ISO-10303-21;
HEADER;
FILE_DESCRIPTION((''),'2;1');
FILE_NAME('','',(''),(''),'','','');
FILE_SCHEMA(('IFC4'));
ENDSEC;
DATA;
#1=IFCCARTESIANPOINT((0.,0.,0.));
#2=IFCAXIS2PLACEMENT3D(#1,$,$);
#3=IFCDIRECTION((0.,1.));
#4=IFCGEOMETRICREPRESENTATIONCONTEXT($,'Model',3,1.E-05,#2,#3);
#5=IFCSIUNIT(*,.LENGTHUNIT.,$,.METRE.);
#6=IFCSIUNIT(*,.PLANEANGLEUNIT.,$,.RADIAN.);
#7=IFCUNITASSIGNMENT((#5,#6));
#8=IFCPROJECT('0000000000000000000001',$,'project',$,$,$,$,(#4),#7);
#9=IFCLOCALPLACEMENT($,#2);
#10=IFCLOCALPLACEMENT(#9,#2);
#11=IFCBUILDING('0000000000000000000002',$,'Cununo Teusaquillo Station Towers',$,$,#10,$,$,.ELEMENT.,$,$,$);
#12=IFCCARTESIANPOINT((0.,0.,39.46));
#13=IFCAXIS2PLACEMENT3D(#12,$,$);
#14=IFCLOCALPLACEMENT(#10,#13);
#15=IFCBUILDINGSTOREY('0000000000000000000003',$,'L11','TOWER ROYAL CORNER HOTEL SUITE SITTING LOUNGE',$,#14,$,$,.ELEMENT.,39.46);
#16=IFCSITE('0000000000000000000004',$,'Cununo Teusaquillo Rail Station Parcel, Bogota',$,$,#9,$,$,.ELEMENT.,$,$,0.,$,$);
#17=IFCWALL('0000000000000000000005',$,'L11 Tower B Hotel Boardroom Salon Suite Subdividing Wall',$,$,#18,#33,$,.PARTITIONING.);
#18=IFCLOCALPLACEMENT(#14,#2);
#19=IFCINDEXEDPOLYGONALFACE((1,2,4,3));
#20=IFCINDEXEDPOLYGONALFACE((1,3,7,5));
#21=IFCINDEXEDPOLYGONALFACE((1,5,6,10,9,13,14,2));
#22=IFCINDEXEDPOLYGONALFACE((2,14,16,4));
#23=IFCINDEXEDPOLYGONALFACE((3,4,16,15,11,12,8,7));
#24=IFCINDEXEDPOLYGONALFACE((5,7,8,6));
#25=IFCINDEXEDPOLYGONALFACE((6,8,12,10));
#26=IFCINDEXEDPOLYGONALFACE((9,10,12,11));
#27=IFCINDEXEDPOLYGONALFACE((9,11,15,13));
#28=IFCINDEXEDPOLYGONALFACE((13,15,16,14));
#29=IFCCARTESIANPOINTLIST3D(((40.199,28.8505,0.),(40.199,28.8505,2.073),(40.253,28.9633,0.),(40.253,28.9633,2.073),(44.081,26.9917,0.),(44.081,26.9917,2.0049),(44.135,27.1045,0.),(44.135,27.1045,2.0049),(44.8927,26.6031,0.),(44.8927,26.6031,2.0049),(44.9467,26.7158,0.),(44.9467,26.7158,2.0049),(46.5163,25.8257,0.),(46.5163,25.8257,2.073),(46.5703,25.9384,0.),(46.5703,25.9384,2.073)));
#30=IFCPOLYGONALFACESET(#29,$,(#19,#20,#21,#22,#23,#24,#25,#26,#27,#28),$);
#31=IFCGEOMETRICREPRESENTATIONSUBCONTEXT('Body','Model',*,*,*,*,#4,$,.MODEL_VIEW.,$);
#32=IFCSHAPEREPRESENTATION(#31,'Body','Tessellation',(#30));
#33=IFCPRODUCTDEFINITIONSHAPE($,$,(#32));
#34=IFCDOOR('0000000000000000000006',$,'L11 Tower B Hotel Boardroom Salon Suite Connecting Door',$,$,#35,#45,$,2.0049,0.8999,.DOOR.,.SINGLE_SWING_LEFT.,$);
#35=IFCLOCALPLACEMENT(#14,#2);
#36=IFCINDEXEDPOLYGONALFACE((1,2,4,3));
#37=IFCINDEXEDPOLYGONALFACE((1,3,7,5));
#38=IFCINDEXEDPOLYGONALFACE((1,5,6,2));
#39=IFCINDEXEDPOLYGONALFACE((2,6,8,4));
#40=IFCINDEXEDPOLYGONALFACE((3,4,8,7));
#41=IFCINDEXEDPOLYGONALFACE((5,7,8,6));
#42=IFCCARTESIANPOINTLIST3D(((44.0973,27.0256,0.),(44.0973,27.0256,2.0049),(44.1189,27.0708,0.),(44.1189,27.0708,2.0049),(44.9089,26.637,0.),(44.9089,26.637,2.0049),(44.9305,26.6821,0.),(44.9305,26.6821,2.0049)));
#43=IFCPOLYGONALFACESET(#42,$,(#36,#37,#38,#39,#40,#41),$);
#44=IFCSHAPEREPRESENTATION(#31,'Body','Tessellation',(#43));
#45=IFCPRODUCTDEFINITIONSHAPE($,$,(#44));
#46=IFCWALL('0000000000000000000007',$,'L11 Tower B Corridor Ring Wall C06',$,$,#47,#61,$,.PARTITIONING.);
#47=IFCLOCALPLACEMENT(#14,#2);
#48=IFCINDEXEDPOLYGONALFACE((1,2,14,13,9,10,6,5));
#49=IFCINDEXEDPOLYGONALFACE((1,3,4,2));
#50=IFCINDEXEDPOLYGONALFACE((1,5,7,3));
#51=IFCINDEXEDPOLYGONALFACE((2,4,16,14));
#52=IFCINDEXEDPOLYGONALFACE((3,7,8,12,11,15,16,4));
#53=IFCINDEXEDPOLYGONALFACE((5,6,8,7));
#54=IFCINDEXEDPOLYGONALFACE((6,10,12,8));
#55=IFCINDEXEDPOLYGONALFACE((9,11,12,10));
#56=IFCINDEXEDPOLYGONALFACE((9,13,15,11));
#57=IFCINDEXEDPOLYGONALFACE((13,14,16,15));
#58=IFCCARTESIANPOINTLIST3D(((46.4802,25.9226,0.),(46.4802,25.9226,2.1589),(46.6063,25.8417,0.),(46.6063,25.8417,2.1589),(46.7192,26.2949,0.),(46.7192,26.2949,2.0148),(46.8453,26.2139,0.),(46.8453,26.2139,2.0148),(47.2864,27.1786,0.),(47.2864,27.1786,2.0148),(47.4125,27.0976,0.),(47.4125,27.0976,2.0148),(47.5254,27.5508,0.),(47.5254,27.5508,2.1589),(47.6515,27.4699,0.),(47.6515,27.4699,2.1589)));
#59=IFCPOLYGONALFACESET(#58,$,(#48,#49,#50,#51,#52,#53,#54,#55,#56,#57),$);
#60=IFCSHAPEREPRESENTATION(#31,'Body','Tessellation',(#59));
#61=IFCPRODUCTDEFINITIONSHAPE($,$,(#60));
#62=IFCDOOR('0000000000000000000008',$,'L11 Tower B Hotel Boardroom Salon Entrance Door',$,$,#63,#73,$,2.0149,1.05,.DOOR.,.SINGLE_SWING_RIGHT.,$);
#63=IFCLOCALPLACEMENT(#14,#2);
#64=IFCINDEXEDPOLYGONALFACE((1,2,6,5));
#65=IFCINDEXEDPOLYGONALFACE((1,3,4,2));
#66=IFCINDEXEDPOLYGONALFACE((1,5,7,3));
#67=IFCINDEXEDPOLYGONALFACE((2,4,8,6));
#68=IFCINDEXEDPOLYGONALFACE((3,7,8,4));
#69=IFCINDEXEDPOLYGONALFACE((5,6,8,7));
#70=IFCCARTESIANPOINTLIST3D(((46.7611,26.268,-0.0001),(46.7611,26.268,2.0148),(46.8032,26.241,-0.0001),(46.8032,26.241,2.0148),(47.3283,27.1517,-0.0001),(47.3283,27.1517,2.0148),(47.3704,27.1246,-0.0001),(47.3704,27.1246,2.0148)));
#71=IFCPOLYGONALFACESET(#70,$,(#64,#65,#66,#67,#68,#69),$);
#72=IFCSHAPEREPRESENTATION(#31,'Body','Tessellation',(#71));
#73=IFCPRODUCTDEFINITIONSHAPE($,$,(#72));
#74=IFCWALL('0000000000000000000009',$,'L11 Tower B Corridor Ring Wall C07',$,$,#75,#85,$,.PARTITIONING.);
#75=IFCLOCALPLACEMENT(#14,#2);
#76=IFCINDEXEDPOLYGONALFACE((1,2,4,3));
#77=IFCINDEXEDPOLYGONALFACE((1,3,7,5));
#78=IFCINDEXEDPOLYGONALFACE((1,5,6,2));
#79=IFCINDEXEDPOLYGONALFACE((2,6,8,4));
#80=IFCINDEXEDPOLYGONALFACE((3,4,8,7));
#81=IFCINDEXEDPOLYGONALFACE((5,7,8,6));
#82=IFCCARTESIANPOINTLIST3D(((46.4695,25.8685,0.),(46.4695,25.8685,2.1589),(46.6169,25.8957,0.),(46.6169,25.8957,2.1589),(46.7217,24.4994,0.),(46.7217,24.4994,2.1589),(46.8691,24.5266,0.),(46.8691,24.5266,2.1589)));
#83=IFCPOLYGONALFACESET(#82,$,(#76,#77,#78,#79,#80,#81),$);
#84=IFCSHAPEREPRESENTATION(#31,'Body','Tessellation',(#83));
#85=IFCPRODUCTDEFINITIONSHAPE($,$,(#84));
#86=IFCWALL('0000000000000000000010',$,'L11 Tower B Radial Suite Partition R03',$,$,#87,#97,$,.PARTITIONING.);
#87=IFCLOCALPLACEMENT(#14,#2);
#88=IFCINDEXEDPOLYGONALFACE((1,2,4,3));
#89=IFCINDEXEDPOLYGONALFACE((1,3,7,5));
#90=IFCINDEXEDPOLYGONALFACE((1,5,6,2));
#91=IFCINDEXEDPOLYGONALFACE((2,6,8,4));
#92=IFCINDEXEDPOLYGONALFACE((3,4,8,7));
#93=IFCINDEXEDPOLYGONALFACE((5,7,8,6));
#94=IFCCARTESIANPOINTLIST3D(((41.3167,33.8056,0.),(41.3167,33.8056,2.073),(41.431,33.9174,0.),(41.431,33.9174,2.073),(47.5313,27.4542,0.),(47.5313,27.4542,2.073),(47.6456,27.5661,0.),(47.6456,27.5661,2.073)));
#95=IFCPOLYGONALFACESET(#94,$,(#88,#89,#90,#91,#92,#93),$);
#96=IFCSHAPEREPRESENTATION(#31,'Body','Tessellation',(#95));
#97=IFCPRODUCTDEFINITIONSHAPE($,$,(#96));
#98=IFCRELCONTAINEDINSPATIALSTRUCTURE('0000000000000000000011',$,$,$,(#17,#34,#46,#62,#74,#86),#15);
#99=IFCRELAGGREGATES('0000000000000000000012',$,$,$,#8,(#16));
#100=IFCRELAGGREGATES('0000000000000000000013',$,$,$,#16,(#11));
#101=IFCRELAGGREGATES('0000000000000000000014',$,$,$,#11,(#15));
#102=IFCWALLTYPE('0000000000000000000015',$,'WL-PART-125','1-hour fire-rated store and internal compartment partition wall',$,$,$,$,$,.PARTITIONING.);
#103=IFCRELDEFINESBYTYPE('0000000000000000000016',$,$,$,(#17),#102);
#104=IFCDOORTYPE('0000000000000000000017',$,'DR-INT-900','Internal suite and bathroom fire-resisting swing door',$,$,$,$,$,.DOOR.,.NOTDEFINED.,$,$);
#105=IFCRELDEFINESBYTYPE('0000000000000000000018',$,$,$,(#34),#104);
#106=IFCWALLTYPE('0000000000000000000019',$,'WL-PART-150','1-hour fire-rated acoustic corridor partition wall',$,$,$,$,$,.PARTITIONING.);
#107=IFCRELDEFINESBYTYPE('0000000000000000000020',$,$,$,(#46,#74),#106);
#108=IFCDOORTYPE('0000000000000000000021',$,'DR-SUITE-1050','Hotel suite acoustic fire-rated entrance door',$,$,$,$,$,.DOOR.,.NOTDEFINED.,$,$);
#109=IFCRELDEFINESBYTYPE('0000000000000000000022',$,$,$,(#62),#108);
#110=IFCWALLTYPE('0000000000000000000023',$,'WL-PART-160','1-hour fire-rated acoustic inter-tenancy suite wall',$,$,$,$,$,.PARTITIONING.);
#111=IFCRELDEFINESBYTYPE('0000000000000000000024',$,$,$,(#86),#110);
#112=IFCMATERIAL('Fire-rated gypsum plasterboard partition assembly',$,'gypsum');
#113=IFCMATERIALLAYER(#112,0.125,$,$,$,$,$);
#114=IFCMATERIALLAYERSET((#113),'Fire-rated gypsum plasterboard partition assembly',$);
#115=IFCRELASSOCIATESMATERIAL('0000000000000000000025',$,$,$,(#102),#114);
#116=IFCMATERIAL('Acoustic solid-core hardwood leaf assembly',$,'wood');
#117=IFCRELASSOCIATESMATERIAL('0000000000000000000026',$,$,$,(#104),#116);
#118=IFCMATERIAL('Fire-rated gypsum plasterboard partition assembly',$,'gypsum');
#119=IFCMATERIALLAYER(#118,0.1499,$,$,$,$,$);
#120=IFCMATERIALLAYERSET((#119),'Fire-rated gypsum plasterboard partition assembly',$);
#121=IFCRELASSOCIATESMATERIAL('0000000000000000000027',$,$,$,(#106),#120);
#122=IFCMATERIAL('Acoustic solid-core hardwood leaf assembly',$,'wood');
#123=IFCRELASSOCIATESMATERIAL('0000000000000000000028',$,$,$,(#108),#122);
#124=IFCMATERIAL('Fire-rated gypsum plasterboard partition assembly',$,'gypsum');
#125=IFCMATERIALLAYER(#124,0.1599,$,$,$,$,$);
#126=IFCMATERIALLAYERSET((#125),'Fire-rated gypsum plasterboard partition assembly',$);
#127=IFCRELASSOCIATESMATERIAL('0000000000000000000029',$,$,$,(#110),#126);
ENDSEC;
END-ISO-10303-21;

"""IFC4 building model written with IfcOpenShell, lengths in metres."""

from ifc_helpers import new_model, si_unit, direction, frame, frame_2d, origin, place, context, subcontext, project, spatial, rectangle, extrude, source, transform, mapped, material, layer, layer_set, type_object, element, fill, save


model = new_model("IFC4")

# Units and contexts
model_context = context("Model", 3, precision=1e-05, world=origin(), true_north=direction((0.0, 1.0)))
body_context = subcontext(model_context, "Body", "Model", "MODEL_VIEW")
ifc_project = project(units=[si_unit("LENGTHUNIT", "METRE"), si_unit("PLANEANGLEUNIT", "RADIAN")], contexts=[model_context])

# Site, building, storey
site_placement = place(None, origin())
site = spatial("IfcSite", under=ifc_project, at=site_placement, Name="Cununo Teusaquillo Rail Station Parcel, Bogota", CompositionType="ELEMENT", RefElevation=0.0)
building_placement = place(site_placement, origin())
building = spatial("IfcBuilding", under=site, at=building_placement, Name="Cununo Teusaquillo Station Towers", CompositionType="ELEMENT")
storey_placement = place(building_placement, frame((0.0, 0.0, 39.46)))
storey = spatial("IfcBuildingStorey", under=building, at=storey_placement, Name="L11", Description="TOWER ROYAL CORNER HOTEL SUITE SITTING LOUNGE", CompositionType="ELEMENT", Elevation=39.46)

# Shared definitions
ifc_material_1 = material(Name="Fire-rated gypsum plasterboard partition assembly", Category="gypsum")
ifc_layer_1 = layer(ifc_material_1, 0.125)
ifc_layer_set_1 = layer_set([ifc_layer_1], Name="Fire-rated gypsum plasterboard partition assembly")
wall_type_1 = type_object("IfcWallType", Name="WL-PART-125", Description="1-hour fire-rated store and internal compartment partition wall", PredefinedType="PARTITIONING", material=ifc_layer_set_1)

# Walls, openings, doors
shared_shape_1 = source(origin(), body_context, "Body", "SweptSolid", [
    extrude(rectangle(XDim=0.8999, YDim=2.0049, at=frame_2d((0.45, 1.0024))), frame((0.0, 0.0725, 0.0), z_axis=(0.0, -1.0, 0.0), x_axis=(1.0, 0.0, 0.0)), (0.0, 0.0, 1.0), 0.145),
])
ifc_material_2 = material(Name="Acoustic solid-core hardwood leaf assembly", Category="wood")
door_type_1 = type_object("IfcDoorType", Name="DR-INT-900", Description="Internal suite and bathroom fire-resisting swing door", OperationType="NOTDEFINED", PredefinedType="DOOR", material=ifc_material_2)
shared_shape_2 = source(origin(), body_context, "Body", "SweptSolid", [
    extrude(rectangle(XDim=0.8999, YDim=2.0049, at=frame_2d((0.45, 1.0024))), frame((0.0, 0.0249, 0.0), z_axis=(0.0, -1.0, 0.0), x_axis=(1.0, 0.0, 0.0)), (0.0, 0.0, 1.0), 0.05),
])
wall_1_placement = place(storey_placement, frame((46.5432, 25.8821, 0.0), z_axis=(0.0, 0.0, 1.0), x_axis=(-0.901937, 0.431867, 0.0)))
wall_1 = element("IfcWall", 1, at=wall_1_placement, inside=storey, type_object=wall_type_1, Name="L11 Tower B Hotel Boardroom Salon Suite Subdividing Wall", PredefinedType="PARTITIONING", context=body_context, shape_type="SweptSolid", body=[
    extrude(rectangle(XDim=7.0042, YDim=0.125, at=frame_2d((3.502, 0.0))), origin(), (0.0, 0.0, 1.0), 2.073),
])
opening_1_placement = place(wall_1_placement, frame((1.8, 0.0, 0.0)))
opening_1 = element("IfcOpeningElement", 2, at=opening_1_placement, cuts=wall_1, PredefinedType="OPENING", context=body_context, shape_type="MappedRepresentation", body=[
    mapped(shared_shape_1, transform((0.0, 0.0, 0.0), x_axis=(1.0, 0.0, 0.0), y_axis=(0.0, 1.0, 0.0), z_axis=(0.0, 0.0, 1.0), scale=1.0)),
])
door_1_placement = place(opening_1_placement, origin())
door_1 = element("IfcDoor", 3, at=door_1_placement, inside=storey, type_object=door_type_1, Name="L11 Tower B Hotel Boardroom Salon Suite Connecting Door", OperationType="SINGLE_SWING_LEFT", OverallHeight=2.0049, OverallWidth=0.8999, PredefinedType="DOOR", context=body_context, shape_type="MappedRepresentation", body=[
    mapped(shared_shape_2, transform((0.0, 0.0, 0.0), x_axis=(1.0, 0.0, 0.0), y_axis=(0.0, 1.0, 0.0), z_axis=(0.0, 0.0, 1.0), scale=1.0)),
])
fill(opening_1, door_1)
ifc_material_3 = material(Name="Fire-rated gypsum plasterboard partition assembly", Category="gypsum")
ifc_layer_2 = layer(ifc_material_3, 0.1499)
ifc_layer_set_2 = layer_set([ifc_layer_2], Name="Fire-rated gypsum plasterboard partition assembly")
wall_type_2 = type_object("IfcWallType", Name="WL-PART-150", Description="1-hour fire-rated acoustic corridor partition wall", PredefinedType="PARTITIONING", material=ifc_layer_set_2)
wall_2_placement = place(storey_placement, frame((47.5884, 27.5103, 0.0), z_axis=(0.0, 0.0, 1.0), x_axis=(-0.540203, -0.841535, 0.0)))
wall_2 = element("IfcWall", 4, at=wall_2_placement, inside=storey, type_object=wall_type_2, Name="L11 Tower B Corridor Ring Wall C06", PredefinedType="PARTITIONING", context=body_context, shape_type="SweptSolid", body=[
    extrude(rectangle(XDim=1.9348, YDim=0.1499, at=frame_2d((0.9673, 0.0))), origin(), (0.0, 0.0, 1.0), 2.1589),
])
shared_shape_3 = source(origin(), body_context, "Body", "SweptSolid", [
    extrude(rectangle(XDim=1.05, YDim=2.0149, at=frame_2d((0.5249, 1.0073))), frame((0.0, 0.085, 0.0), z_axis=(0.0, -1.0, 0.0), x_axis=(1.0, 0.0, 0.0)), (0.0, 0.0, 1.0), 0.1699),
])
opening_2_placement = place(wall_2_placement, frame((0.4424, 0.0, 0.0)))
opening_2 = element("IfcOpeningElement", 5, at=opening_2_placement, cuts=wall_2, PredefinedType="OPENING", context=body_context, shape_type="MappedRepresentation", body=[
    mapped(shared_shape_3, transform((0.0, 0.0, 0.0), x_axis=(1.0, 0.0, 0.0), y_axis=(0.0, 1.0, 0.0), z_axis=(0.0, 0.0, 1.0), scale=1.0)),
])
ifc_material_4 = material(Name="Acoustic solid-core hardwood leaf assembly", Category="wood")
door_type_2 = type_object("IfcDoorType", Name="DR-SUITE-1050", Description="Hotel suite acoustic fire-rated entrance door", OperationType="NOTDEFINED", PredefinedType="DOOR", material=ifc_material_4)
shared_shape_4 = source(origin(), body_context, "Body", "SweptSolid", [
    extrude(rectangle(XDim=1.05, YDim=2.0149, at=frame_2d((0.5249, 1.0073))), frame((0.0, 0.0249, 0.0), z_axis=(0.0, -1.0, 0.0), x_axis=(1.0, 0.0, 0.0)), (0.0, 0.0, 1.0), 0.05),
])
door_2_placement = place(opening_2_placement, origin())
door_2 = element("IfcDoor", 6, at=door_2_placement, inside=storey, type_object=door_type_2, Name="L11 Tower B Hotel Boardroom Salon Entrance Door", OperationType="SINGLE_SWING_RIGHT", OverallHeight=2.0149, OverallWidth=1.05, PredefinedType="DOOR", context=body_context, shape_type="MappedRepresentation", body=[
    mapped(shared_shape_4, transform((0.0, 0.0, 0.0), x_axis=(1.0, 0.0, 0.0), y_axis=(0.0, 1.0, 0.0), z_axis=(0.0, 0.0, 1.0), scale=1.0)),
])
fill(opening_2, door_2)

# Walls
wall_3_placement = place(storey_placement, frame((46.5432, 25.8821, 0.0), z_axis=(0.0, 0.0, 1.0), x_axis=(0.181154, -0.983455, 0.0)))
element("IfcWall", 7, at=wall_3_placement, inside=storey, type_object=wall_type_2, Name="L11 Tower B Corridor Ring Wall C07", PredefinedType="PARTITIONING", context=body_context, shape_type="SweptSolid", body=[
    extrude(rectangle(XDim=1.3921, YDim=0.1499, at=frame_2d((0.696, 0.0))), origin(), (0.0, 0.0, 1.0), 2.1589),
])
ifc_material_5 = material(Name="Fire-rated gypsum plasterboard partition assembly", Category="gypsum")
ifc_layer_3 = layer(ifc_material_5, 0.1599)
ifc_layer_set_3 = layer_set([ifc_layer_3], Name="Fire-rated gypsum plasterboard partition assembly")
wall_type_3 = type_object("IfcWallType", Name="WL-PART-160", Description="1-hour fire-rated acoustic inter-tenancy suite wall", PredefinedType="PARTITIONING", material=ifc_layer_set_3)
wall_4_placement = place(storey_placement, frame((47.5884, 27.5103, 0.0), z_axis=(0.0, 0.0, 1.0), x_axis=(-0.699372, 0.714758, 0.0)))
element("IfcWall", 8, at=wall_4_placement, inside=storey, type_object=wall_type_3, Name="L11 Tower B Radial Suite Partition R03", PredefinedType="PARTITIONING", context=body_context, shape_type="SweptSolid", body=[
    extrude(rectangle(XDim=8.886, YDim=0.1599, at=frame_2d((4.4429, 0.0))), origin(), (0.0, 0.0, 1.0), 2.073),
])

save(model, "model.ifc")
